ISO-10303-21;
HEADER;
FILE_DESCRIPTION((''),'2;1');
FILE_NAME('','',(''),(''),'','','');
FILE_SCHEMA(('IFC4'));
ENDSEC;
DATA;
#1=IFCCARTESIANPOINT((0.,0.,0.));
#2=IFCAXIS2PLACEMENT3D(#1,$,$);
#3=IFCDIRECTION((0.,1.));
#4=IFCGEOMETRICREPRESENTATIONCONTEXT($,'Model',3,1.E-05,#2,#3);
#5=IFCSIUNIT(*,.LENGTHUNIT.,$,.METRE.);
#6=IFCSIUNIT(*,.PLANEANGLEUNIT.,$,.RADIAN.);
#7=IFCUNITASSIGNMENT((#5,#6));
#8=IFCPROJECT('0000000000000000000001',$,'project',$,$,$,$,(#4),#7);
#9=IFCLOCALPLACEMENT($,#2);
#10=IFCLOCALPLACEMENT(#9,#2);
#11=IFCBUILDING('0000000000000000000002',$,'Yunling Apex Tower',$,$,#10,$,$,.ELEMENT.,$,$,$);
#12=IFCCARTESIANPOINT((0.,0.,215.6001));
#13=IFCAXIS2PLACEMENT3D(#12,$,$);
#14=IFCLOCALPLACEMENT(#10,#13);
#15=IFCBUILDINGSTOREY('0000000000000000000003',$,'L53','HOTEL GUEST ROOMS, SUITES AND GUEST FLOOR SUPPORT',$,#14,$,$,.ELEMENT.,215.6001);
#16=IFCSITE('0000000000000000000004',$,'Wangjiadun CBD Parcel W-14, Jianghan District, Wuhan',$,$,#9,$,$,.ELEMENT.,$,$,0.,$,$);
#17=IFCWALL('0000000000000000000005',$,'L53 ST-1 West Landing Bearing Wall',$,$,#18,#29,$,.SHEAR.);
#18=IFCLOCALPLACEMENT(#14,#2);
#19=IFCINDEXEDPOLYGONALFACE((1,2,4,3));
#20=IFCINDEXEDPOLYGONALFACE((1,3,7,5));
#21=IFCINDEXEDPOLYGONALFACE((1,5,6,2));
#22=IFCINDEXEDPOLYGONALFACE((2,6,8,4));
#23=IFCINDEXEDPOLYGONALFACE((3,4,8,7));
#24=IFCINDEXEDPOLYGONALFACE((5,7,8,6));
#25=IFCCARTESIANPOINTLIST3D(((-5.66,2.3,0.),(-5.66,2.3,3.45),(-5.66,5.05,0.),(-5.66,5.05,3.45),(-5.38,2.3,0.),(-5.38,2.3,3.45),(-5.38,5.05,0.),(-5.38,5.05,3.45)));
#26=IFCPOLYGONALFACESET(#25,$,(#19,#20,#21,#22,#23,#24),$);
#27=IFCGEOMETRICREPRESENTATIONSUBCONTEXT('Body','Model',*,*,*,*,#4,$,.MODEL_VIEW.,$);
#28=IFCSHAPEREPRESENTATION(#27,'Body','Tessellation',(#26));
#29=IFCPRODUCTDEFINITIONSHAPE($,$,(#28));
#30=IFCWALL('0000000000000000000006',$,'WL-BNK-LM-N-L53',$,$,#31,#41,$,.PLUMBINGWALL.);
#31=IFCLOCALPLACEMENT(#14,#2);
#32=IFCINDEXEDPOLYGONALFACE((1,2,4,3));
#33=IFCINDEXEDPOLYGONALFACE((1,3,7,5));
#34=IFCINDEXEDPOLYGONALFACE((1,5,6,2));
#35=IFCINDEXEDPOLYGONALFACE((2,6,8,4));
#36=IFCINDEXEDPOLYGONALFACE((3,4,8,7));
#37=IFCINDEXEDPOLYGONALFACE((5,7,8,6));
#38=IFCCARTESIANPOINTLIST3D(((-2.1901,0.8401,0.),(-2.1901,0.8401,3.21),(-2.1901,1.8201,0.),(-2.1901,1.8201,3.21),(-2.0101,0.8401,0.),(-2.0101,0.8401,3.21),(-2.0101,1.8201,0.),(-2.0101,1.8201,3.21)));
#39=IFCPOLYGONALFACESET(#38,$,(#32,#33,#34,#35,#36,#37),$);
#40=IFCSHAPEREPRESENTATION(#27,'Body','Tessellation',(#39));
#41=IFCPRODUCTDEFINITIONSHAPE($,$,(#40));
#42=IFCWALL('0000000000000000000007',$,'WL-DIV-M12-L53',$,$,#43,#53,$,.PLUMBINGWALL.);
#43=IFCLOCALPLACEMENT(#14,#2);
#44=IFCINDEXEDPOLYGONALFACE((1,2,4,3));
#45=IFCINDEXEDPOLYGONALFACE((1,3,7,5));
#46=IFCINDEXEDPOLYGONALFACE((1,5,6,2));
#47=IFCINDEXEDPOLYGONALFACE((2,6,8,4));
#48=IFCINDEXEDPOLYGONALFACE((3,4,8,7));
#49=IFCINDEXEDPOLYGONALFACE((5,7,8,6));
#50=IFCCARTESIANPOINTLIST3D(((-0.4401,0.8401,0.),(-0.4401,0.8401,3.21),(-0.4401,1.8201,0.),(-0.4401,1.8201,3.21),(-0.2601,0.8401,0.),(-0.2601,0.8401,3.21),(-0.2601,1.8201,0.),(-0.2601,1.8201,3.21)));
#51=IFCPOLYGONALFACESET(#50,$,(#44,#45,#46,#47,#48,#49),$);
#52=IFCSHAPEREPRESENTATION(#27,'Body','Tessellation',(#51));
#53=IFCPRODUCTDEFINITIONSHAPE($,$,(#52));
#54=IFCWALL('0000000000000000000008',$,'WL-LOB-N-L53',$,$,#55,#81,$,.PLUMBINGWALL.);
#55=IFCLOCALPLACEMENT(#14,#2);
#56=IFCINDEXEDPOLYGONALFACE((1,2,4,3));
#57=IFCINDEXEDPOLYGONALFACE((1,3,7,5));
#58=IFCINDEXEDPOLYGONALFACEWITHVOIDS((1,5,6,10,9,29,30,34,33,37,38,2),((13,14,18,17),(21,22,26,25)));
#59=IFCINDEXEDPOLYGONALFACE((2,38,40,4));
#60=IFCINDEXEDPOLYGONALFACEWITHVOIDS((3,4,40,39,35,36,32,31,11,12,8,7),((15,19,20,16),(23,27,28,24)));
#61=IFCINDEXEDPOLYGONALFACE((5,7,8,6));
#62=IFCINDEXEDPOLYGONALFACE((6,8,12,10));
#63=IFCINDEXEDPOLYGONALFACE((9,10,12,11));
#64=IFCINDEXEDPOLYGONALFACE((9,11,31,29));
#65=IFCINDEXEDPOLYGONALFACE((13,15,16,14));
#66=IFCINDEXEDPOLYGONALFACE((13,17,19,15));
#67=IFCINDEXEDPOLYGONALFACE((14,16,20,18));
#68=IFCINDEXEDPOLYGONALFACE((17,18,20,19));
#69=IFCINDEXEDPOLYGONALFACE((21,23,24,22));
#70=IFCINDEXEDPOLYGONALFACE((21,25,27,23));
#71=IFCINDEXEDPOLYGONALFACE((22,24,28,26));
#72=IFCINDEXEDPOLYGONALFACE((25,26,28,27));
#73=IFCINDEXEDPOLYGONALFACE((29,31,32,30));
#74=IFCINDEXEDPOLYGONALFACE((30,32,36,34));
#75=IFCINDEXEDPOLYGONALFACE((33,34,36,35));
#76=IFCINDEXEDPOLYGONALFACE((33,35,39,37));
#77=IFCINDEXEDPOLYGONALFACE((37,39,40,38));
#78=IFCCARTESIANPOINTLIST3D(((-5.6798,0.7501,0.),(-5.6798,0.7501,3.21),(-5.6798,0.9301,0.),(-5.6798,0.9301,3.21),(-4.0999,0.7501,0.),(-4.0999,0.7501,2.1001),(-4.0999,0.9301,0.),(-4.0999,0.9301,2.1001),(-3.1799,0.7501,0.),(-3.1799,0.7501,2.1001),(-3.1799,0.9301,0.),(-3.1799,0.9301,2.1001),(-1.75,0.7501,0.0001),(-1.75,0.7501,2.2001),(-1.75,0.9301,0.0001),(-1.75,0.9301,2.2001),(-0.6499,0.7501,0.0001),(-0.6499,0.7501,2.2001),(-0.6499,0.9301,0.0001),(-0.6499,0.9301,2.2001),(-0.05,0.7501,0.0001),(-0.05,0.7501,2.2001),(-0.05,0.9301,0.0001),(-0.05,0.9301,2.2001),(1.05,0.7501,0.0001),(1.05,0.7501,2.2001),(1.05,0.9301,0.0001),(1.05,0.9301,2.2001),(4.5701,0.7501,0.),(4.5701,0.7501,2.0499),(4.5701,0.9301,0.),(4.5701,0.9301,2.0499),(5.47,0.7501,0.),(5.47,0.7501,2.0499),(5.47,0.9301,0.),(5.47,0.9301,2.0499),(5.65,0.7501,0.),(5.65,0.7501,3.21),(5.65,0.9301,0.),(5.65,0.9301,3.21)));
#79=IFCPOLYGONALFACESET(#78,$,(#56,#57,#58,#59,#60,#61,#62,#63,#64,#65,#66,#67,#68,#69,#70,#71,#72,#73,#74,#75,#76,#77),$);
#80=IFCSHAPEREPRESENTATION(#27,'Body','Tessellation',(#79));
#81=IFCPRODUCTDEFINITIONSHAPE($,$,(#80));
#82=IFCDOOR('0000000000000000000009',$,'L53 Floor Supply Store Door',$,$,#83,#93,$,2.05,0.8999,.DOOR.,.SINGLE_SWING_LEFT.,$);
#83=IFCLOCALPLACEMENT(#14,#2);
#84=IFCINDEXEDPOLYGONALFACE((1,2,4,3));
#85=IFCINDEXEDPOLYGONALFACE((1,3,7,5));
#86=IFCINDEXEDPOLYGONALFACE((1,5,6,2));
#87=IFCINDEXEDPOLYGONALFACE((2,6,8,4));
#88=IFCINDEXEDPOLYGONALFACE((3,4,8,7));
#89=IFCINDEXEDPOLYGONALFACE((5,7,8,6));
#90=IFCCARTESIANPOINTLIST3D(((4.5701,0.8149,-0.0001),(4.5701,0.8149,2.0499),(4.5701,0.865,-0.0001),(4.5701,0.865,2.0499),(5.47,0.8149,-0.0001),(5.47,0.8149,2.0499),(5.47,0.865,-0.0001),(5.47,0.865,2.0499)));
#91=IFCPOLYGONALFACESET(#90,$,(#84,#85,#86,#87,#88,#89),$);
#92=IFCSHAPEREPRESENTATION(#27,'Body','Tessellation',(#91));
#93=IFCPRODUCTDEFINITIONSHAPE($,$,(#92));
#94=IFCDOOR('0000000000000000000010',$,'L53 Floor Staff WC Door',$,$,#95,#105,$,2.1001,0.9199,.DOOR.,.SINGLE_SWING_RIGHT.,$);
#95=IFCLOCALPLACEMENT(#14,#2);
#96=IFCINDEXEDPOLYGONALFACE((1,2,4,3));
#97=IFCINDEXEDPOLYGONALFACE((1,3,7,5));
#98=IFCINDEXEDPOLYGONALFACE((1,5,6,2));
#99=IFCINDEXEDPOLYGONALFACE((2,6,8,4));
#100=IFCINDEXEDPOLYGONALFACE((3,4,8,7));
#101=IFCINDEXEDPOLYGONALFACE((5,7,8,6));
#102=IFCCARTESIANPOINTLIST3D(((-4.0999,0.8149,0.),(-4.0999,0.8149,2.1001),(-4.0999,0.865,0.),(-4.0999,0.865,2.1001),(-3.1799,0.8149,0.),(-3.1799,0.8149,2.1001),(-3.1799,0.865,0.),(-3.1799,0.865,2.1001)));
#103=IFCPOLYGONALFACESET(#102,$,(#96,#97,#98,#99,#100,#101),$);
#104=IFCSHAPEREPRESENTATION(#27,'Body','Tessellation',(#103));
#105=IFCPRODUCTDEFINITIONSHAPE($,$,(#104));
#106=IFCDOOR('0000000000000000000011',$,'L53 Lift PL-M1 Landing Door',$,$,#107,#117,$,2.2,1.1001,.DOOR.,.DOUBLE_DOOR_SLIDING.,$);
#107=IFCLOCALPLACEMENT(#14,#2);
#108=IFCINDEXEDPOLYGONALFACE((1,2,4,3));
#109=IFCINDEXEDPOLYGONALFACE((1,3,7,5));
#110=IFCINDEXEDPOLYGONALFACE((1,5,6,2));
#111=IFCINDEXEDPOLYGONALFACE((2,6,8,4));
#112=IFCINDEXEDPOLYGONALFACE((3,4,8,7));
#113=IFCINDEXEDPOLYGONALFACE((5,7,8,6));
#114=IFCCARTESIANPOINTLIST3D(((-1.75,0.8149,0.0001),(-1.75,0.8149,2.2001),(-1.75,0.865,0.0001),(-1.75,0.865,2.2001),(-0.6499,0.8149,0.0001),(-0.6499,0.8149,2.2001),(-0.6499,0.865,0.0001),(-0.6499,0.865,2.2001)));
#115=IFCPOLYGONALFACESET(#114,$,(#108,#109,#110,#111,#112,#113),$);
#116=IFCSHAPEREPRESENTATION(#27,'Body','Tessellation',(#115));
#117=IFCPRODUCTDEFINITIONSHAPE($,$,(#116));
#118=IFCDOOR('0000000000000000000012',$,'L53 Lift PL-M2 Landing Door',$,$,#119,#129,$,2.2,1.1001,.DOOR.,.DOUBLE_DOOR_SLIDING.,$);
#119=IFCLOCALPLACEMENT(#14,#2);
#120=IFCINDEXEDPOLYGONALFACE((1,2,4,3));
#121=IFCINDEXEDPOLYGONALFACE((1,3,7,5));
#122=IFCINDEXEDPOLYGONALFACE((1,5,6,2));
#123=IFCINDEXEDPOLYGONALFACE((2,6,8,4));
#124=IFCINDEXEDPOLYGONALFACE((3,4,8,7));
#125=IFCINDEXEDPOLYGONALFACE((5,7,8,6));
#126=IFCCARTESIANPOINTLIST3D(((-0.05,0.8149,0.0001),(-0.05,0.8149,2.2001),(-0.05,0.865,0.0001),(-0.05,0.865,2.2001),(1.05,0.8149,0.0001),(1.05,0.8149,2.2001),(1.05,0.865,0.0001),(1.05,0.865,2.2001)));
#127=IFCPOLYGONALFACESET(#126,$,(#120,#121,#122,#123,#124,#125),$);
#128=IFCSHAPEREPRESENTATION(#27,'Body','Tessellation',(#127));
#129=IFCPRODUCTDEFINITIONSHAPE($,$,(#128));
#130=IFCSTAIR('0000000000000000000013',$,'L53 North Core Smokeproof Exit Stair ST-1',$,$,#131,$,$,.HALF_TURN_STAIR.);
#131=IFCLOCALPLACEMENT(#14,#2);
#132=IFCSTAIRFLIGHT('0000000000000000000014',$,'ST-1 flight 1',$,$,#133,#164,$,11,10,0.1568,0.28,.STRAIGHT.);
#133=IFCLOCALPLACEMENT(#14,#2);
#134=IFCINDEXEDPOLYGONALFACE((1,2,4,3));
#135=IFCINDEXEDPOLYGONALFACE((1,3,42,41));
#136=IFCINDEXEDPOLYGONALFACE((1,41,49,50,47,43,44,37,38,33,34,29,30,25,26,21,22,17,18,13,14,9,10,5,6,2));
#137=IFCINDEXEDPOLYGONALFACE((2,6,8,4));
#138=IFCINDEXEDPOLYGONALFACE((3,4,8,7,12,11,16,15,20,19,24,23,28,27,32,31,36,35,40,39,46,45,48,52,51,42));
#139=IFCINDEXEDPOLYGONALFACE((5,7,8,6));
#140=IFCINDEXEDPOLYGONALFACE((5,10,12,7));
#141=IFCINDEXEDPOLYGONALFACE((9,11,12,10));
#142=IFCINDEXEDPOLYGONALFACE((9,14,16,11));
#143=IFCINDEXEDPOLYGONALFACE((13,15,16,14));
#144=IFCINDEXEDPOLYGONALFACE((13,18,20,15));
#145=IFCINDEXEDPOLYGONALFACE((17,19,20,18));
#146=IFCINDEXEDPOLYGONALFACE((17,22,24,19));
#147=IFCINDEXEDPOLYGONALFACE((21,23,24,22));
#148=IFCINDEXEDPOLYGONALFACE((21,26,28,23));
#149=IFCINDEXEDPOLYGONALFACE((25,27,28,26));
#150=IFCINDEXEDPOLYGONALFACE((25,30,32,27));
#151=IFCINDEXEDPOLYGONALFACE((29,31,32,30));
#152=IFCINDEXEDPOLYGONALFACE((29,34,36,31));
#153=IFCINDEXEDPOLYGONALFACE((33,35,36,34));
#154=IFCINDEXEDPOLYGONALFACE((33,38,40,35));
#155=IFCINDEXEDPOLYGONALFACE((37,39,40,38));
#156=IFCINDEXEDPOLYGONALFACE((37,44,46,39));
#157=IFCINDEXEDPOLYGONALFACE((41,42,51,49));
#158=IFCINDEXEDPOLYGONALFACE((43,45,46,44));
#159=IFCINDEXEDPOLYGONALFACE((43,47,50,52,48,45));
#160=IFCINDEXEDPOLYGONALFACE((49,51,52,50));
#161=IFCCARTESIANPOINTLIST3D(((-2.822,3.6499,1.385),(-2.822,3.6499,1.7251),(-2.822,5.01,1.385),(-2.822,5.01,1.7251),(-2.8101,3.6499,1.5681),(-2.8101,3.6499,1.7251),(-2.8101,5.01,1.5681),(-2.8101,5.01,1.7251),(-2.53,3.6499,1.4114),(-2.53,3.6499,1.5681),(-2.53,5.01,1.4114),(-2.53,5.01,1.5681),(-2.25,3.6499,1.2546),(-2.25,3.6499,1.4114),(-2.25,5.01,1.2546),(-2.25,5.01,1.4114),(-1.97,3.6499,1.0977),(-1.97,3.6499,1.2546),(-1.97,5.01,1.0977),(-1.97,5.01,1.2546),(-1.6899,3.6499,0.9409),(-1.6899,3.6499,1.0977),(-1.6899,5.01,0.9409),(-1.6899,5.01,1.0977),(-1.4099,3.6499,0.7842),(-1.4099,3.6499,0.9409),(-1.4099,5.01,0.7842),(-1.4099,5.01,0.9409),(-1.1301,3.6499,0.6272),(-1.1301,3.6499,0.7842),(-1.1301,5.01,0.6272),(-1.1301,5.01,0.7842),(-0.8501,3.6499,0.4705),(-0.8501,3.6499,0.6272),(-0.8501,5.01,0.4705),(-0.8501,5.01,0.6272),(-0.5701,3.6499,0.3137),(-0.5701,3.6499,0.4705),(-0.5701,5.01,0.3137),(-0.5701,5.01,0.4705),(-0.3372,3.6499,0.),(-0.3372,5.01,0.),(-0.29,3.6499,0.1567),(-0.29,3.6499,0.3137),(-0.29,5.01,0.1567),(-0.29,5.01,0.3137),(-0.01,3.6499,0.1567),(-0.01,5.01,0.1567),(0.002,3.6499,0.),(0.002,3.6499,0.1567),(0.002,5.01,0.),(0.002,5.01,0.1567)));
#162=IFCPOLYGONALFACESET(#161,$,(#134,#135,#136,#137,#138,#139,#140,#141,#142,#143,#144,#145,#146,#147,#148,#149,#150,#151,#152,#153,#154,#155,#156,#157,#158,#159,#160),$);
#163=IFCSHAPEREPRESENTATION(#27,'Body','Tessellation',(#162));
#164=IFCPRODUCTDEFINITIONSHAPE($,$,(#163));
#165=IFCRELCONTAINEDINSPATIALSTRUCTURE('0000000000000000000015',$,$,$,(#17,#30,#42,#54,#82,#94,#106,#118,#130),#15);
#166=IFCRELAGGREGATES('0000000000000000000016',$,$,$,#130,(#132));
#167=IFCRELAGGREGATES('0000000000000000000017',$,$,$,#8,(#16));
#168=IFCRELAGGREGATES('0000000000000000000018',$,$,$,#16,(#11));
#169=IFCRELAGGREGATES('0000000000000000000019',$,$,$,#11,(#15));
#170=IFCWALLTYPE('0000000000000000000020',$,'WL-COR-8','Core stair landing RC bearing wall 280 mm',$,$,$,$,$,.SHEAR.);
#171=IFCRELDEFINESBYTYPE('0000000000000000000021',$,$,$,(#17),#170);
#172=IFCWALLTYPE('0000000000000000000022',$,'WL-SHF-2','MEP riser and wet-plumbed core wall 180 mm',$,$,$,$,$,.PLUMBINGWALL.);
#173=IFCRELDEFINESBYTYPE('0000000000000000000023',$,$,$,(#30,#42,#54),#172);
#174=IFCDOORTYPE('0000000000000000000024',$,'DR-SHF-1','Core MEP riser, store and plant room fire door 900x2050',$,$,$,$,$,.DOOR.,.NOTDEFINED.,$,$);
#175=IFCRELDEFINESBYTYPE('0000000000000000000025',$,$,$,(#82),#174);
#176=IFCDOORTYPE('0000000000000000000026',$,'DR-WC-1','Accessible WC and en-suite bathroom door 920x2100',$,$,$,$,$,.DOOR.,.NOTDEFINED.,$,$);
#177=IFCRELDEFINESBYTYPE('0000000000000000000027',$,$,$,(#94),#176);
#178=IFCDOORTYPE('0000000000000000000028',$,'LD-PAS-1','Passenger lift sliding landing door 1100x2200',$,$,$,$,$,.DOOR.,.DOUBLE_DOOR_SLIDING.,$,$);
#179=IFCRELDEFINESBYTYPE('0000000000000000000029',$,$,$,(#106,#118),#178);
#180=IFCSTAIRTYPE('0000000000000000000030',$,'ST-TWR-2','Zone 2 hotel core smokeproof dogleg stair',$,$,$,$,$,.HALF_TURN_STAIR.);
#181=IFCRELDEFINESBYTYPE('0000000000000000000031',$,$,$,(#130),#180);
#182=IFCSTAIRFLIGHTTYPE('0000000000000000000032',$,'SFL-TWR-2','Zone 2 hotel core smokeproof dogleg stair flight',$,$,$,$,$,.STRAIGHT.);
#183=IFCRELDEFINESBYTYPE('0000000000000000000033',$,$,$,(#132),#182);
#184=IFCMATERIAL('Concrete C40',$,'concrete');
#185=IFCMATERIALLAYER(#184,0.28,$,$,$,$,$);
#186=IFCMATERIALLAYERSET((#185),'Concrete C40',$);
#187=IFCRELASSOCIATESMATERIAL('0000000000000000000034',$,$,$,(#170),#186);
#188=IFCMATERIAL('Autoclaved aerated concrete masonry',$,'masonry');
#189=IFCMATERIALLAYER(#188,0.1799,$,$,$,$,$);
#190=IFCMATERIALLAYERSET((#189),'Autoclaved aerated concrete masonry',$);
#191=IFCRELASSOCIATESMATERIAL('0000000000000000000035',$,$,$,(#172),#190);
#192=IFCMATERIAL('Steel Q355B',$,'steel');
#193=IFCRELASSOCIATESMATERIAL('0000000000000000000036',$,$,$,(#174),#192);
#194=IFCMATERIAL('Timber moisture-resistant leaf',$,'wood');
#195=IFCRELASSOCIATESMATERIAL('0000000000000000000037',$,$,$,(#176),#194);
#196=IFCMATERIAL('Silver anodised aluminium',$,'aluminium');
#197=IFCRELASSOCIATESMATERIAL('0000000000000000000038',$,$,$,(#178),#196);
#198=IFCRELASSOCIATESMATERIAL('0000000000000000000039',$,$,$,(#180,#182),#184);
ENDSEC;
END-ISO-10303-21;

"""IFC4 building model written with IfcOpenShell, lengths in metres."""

from ifc_helpers import new_model, si_unit, direction, frame, frame_2d, origin, place, context, subcontext, project, spatial, polyline, rectangle, outline, extrude, material, layer, layer_set, type_object, element, fill, aggregate, save


model = new_model("IFC4")

# Units and contexts
model_context = context("Model", 3, precision=1e-05, world=origin(), true_north=direction((0.0, 1.0)))
body_context = subcontext(model_context, "Body", "Model", "MODEL_VIEW")
ifc_project = project(units=[si_unit("LENGTHUNIT", "METRE"), si_unit("PLANEANGLEUNIT", "RADIAN")], contexts=[model_context])

# Site, building, storey
site_placement = place(None, origin())
site = spatial("IfcSite", under=ifc_project, at=site_placement, Name="Wangjiadun CBD Parcel W-14, Jianghan District, Wuhan", CompositionType="ELEMENT", RefElevation=0.0)
building_placement = place(site_placement, origin())
building = spatial("IfcBuilding", under=site, at=building_placement, Name="Yunling Apex Tower", CompositionType="ELEMENT")
storey_placement = place(building_placement, frame((0.0, 0.0, 215.6001)))
storey = spatial("IfcBuildingStorey", under=building, at=storey_placement, Name="L53", Description="HOTEL GUEST ROOMS, SUITES AND GUEST FLOOR SUPPORT", CompositionType="ELEMENT", Elevation=215.6001)

# Shared definitions
ifc_material_1 = material(Name="Steel Q355B", Category="steel")

# Walls
ifc_material_2 = material(Name="Concrete C40", Category="concrete")
ifc_layer_1 = layer(ifc_material_2, 0.28)
ifc_layer_set_1 = layer_set([ifc_layer_1], Name="Concrete C40")
wall_type_1 = type_object("IfcWallType", Name="WL-COR-8", Description="Core stair landing RC bearing wall 280 mm", PredefinedType="SHEAR", material=ifc_layer_set_1)
wall_1_placement = place(storey_placement, frame((-5.52, 2.3, 0.0), z_axis=(0.0, 0.0, 1.0), x_axis=(0.0, 1.0, 0.0)))
element("IfcWall", 1, at=wall_1_placement, inside=storey, type_object=wall_type_1, Name="L53 ST-1 West Landing Bearing Wall", PredefinedType="SHEAR", context=body_context, shape_type="SweptSolid", body=[
    extrude(rectangle(XDim=2.75, YDim=0.28, at=frame_2d((1.375, 0.0))), origin(), (0.0, 0.0, 1.0), 3.45),
])
ifc_material_3 = material(Name="Autoclaved aerated concrete masonry", Category="masonry")
ifc_layer_2 = layer(ifc_material_3, 0.1799)
ifc_layer_set_2 = layer_set([ifc_layer_2], Name="Autoclaved aerated concrete masonry")
wall_type_2 = type_object("IfcWallType", Name="WL-SHF-2", Description="MEP riser and wet-plumbed core wall 180 mm", PredefinedType="PLUMBINGWALL", material=ifc_layer_set_2)
for number, where, z_axis, x_axis, name in (
    (2, (-2.1001, 0.8401, 0.0), (0.0, 0.0, 1.0), (0.0, 1.0, 0.0), "WL-BNK-LM-N-L53"),
    (3, (-0.3501, 0.8401, 0.0), (0.0, 0.0, 1.0), (0.0, 1.0, 0.0), "WL-DIV-M12-L53"),
):
    element("IfcWall", number, at=place(storey_placement, frame(where, z_axis=z_axis, x_axis=x_axis)), inside=storey, type_object=wall_type_2, Name=name, PredefinedType="PLUMBINGWALL", context=body_context, shape_type="SweptSolid", body=[
        extrude(rectangle(XDim=0.98, YDim=0.1799, at=frame_2d((0.49, 0.0))), origin(), (0.0, 0.0, 1.0), 3.21),
    ])

# Wall, openings, doors
wall_2_placement = place(storey_placement, frame((-5.6799, 0.8401, 0.0), z_axis=(0.0, 0.0, 1.0), x_axis=(1.0, 0.0, 0.0)))
wall_2 = element("IfcWall", 4, at=wall_2_placement, inside=storey, type_object=wall_type_2, Name="WL-LOB-N-L53", PredefinedType="PLUMBINGWALL", context=body_context, shape_type="SweptSolid", body=[
    extrude(rectangle(XDim=11.3298, YDim=0.1799, at=frame_2d((5.665, 0.0))), origin(), (0.0, 0.0, 1.0), 3.21),
])
opening_1_placement = place(wall_2_placement, frame((1.5801, 0.0, 0.0)))
opening_1 = element("IfcOpeningElement", 5, at=opening_1_placement, cuts=wall_2, PredefinedType="OPENING", context=body_context, shape_type="SweptSolid", body=[
    extrude(rectangle(XDim=0.9199, YDim=2.1001, at=frame_2d((0.46, 1.05))), frame((0.0, 0.1001, 0.0), z_axis=(0.0, -1.0, 0.0), x_axis=(1.0, 0.0, 0.0)), (0.0, 0.0, 1.0), 0.2),
])
opening_2_placement = place(wall_2_placement, frame((3.9299, 0.0, 0.0)))
opening_2 = element("IfcOpeningElement", 6, at=opening_2_placement, cuts=wall_2, PredefinedType="OPENING", context=body_context, shape_type="SweptSolid", body=[
    extrude(rectangle(XDim=1.1001, YDim=2.2, at=frame_2d((0.55, 1.1001))), frame((0.0, 0.1001, 0.0), z_axis=(0.0, -1.0, 0.0), x_axis=(1.0, 0.0, 0.0)), (0.0, 0.0, 1.0), 0.2),
])
opening_3_placement = place(wall_2_placement, frame((5.6299, 0.0, 0.0)))
opening_3 = element("IfcOpeningElement", 7, at=opening_3_placement, cuts=wall_2, PredefinedType="OPENING", context=body_context, shape_type="SweptSolid", body=[
    extrude(rectangle(XDim=1.1001, YDim=2.2, at=frame_2d((0.55, 1.1001))), frame((0.0, 0.1001, 0.0), z_axis=(0.0, -1.0, 0.0), x_axis=(1.0, 0.0, 0.0)), (0.0, 0.0, 1.0), 0.2),
])
opening_4_placement = place(wall_2_placement, frame((10.25, 0.0, 0.0)))
opening_4 = element("IfcOpeningElement", 8, at=opening_4_placement, cuts=wall_2, PredefinedType="OPENING", context=body_context, shape_type="SweptSolid", body=[
    extrude(rectangle(XDim=0.8999, YDim=2.05, at=frame_2d((0.45, 1.0249))), frame((0.0, 0.1001, 0.0), z_axis=(0.0, -1.0, 0.0), x_axis=(1.0, 0.0, 0.0)), (0.0, 0.0, 1.0), 0.2),
])
door_type_1 = type_object("IfcDoorType", Name="DR-SHF-1", Description="Core MEP riser, store and plant room fire door 900x2050", OperationType="NOTDEFINED", PredefinedType="DOOR", material=ifc_material_1)
door_1_placement = place(opening_4_placement, origin())
door_1 = element("IfcDoor", 9, at=door_1_placement, inside=storey, type_object=door_type_1, Name="L53 Floor Supply Store Door", OperationType="SINGLE_SWING_LEFT", OverallHeight=2.05, OverallWidth=0.8999, PredefinedType="DOOR", context=body_context, shape_type="SweptSolid", body=[
    extrude(rectangle(XDim=0.8999, YDim=2.05, at=frame_2d((0.45, 1.0249))), frame((0.0, 0.0249, 0.0), z_axis=(0.0, -1.0, 0.0), x_axis=(1.0, 0.0, 0.0)), (0.0, 0.0, 1.0), 0.05),
])
fill(opening_4, door_1)
ifc_material_4 = material(Name="Timber moisture-resistant leaf", Category="wood")
door_type_2 = type_object("IfcDoorType", Name="DR-WC-1", Description="Accessible WC and en-suite bathroom door 920x2100", OperationType="NOTDEFINED", PredefinedType="DOOR", material=ifc_material_4)
door_2_placement = place(opening_1_placement, origin())
door_2 = element("IfcDoor", 10, at=door_2_placement, inside=storey, type_object=door_type_2, Name="L53 Floor Staff WC Door", OperationType="SINGLE_SWING_RIGHT", OverallHeight=2.1001, OverallWidth=0.9199, PredefinedType="DOOR", context=body_context, shape_type="SweptSolid", body=[
    extrude(rectangle(XDim=0.9199, YDim=2.1001, at=frame_2d((0.46, 1.05))), frame((0.0, 0.0249, 0.0), z_axis=(0.0, -1.0, 0.0), x_axis=(1.0, 0.0, 0.0)), (0.0, 0.0, 1.0), 0.05),
])
fill(opening_1, door_2)
ifc_material_5 = material(Name="Silver anodised aluminium", Category="aluminium")
door_type_3 = type_object("IfcDoorType", Name="LD-PAS-1", Description="Passenger lift sliding landing door 1100x2200", OperationType="DOUBLE_DOOR_SLIDING", PredefinedType="DOOR", material=ifc_material_5)
door_3_placement = place(opening_2_placement, origin())
door_3 = element("IfcDoor", 11, at=door_3_placement, inside=storey, type_object=door_type_3, Name="L53 Lift PL-M1 Landing Door", OperationType="DOUBLE_DOOR_SLIDING", OverallHeight=2.2, OverallWidth=1.1001, PredefinedType="DOOR", context=body_context, shape_type="SweptSolid", body=[
    extrude(rectangle(XDim=1.1001, YDim=2.2, at=frame_2d((0.55, 1.1001))), frame((0.0, 0.0249, 0.0), z_axis=(0.0, -1.0, 0.0), x_axis=(1.0, 0.0, 0.0)), (0.0, 0.0, 1.0), 0.05),
])
fill(opening_2, door_3)
door_4_placement = place(opening_3_placement, origin())
door_4 = element("IfcDoor", 12, at=door_4_placement, inside=storey, type_object=door_type_3, Name="L53 Lift PL-M2 Landing Door", OperationType="DOUBLE_DOOR_SLIDING", OverallHeight=2.2, OverallWidth=1.1001, PredefinedType="DOOR", context=body_context, shape_type="SweptSolid", body=[
    extrude(rectangle(XDim=1.1001, YDim=2.2, at=frame_2d((0.55, 1.1001))), frame((0.0, 0.0249, 0.0), z_axis=(0.0, -1.0, 0.0), x_axis=(1.0, 0.0, 0.0)), (0.0, 0.0, 1.0), 0.05),
])
fill(opening_3, door_4)

# Stair, stair flight
stair_type = type_object("IfcStairType", Name="ST-TWR-2", Description="Zone 2 hotel core smokeproof dogleg stair", PredefinedType="HALF_TURN_STAIR", material=ifc_material_2)
stair_placement = place(storey_placement, origin())
stair = element("IfcStair", 13, at=stair_placement, inside=storey, type_object=stair_type, Name="L53 North Core Smokeproof Exit Stair ST-1", PredefinedType="HALF_TURN_STAIR")
stair_flight_type = type_object("IfcStairFlightType", Name="SFL-TWR-2", Description="Zone 2 hotel core smokeproof dogleg stair flight", PredefinedType="STRAIGHT", material=ifc_material_2)
stair_flight_1_placement = place(storey_placement, frame((-0.01, 4.3301, 0.0), z_axis=(0.0, 0.0, 1.0), x_axis=(-1.0, 0.0, 0.0)))
stair_flight_1 = element("IfcStairFlight", 14, at=stair_flight_1_placement, type_object=stair_flight_type, Name="ST-1 flight 1", NumberOfRisers=11, NumberOfTreads=10, PredefinedType="STRAIGHT", RiserHeight=0.1568, TreadLength=0.28, context=body_context, shape_type="SweptSolid", body=[
    extrude(outline(polyline([(-0.012, 0.0), (-0.012, 0.1567), (0.0, 0.1567), (0.28, 0.1567), (0.28, 0.3137), (0.5601, 0.3137), (0.5601, 0.4705), (0.8401, 0.4705), (0.8401, 0.6272), (1.1201, 0.6272), (1.1201, 0.7842), (1.3999, 0.7842), (1.3999, 0.9409), (1.6799, 0.9409), (1.6799, 1.0977), (1.96, 1.0977), (1.96, 1.2546), (2.24, 1.2546), (2.24, 1.4114), (2.52, 1.4114), (2.52, 1.5681), (2.8, 1.5681), (2.8, 1.7251), (2.812, 1.7251), (2.812, 1.385), (0.3271, 0.0), (-0.012, 0.0)])), frame((0.0, 0.6802, 0.0), z_axis=(0.0, -1.0, 0.0), x_axis=(1.0, 0.0, 0.0)), (0.0, 0.0, 1.0), 1.3601),
])
aggregate(stair, [stair_flight_1])

save(model, "model.ifc")
